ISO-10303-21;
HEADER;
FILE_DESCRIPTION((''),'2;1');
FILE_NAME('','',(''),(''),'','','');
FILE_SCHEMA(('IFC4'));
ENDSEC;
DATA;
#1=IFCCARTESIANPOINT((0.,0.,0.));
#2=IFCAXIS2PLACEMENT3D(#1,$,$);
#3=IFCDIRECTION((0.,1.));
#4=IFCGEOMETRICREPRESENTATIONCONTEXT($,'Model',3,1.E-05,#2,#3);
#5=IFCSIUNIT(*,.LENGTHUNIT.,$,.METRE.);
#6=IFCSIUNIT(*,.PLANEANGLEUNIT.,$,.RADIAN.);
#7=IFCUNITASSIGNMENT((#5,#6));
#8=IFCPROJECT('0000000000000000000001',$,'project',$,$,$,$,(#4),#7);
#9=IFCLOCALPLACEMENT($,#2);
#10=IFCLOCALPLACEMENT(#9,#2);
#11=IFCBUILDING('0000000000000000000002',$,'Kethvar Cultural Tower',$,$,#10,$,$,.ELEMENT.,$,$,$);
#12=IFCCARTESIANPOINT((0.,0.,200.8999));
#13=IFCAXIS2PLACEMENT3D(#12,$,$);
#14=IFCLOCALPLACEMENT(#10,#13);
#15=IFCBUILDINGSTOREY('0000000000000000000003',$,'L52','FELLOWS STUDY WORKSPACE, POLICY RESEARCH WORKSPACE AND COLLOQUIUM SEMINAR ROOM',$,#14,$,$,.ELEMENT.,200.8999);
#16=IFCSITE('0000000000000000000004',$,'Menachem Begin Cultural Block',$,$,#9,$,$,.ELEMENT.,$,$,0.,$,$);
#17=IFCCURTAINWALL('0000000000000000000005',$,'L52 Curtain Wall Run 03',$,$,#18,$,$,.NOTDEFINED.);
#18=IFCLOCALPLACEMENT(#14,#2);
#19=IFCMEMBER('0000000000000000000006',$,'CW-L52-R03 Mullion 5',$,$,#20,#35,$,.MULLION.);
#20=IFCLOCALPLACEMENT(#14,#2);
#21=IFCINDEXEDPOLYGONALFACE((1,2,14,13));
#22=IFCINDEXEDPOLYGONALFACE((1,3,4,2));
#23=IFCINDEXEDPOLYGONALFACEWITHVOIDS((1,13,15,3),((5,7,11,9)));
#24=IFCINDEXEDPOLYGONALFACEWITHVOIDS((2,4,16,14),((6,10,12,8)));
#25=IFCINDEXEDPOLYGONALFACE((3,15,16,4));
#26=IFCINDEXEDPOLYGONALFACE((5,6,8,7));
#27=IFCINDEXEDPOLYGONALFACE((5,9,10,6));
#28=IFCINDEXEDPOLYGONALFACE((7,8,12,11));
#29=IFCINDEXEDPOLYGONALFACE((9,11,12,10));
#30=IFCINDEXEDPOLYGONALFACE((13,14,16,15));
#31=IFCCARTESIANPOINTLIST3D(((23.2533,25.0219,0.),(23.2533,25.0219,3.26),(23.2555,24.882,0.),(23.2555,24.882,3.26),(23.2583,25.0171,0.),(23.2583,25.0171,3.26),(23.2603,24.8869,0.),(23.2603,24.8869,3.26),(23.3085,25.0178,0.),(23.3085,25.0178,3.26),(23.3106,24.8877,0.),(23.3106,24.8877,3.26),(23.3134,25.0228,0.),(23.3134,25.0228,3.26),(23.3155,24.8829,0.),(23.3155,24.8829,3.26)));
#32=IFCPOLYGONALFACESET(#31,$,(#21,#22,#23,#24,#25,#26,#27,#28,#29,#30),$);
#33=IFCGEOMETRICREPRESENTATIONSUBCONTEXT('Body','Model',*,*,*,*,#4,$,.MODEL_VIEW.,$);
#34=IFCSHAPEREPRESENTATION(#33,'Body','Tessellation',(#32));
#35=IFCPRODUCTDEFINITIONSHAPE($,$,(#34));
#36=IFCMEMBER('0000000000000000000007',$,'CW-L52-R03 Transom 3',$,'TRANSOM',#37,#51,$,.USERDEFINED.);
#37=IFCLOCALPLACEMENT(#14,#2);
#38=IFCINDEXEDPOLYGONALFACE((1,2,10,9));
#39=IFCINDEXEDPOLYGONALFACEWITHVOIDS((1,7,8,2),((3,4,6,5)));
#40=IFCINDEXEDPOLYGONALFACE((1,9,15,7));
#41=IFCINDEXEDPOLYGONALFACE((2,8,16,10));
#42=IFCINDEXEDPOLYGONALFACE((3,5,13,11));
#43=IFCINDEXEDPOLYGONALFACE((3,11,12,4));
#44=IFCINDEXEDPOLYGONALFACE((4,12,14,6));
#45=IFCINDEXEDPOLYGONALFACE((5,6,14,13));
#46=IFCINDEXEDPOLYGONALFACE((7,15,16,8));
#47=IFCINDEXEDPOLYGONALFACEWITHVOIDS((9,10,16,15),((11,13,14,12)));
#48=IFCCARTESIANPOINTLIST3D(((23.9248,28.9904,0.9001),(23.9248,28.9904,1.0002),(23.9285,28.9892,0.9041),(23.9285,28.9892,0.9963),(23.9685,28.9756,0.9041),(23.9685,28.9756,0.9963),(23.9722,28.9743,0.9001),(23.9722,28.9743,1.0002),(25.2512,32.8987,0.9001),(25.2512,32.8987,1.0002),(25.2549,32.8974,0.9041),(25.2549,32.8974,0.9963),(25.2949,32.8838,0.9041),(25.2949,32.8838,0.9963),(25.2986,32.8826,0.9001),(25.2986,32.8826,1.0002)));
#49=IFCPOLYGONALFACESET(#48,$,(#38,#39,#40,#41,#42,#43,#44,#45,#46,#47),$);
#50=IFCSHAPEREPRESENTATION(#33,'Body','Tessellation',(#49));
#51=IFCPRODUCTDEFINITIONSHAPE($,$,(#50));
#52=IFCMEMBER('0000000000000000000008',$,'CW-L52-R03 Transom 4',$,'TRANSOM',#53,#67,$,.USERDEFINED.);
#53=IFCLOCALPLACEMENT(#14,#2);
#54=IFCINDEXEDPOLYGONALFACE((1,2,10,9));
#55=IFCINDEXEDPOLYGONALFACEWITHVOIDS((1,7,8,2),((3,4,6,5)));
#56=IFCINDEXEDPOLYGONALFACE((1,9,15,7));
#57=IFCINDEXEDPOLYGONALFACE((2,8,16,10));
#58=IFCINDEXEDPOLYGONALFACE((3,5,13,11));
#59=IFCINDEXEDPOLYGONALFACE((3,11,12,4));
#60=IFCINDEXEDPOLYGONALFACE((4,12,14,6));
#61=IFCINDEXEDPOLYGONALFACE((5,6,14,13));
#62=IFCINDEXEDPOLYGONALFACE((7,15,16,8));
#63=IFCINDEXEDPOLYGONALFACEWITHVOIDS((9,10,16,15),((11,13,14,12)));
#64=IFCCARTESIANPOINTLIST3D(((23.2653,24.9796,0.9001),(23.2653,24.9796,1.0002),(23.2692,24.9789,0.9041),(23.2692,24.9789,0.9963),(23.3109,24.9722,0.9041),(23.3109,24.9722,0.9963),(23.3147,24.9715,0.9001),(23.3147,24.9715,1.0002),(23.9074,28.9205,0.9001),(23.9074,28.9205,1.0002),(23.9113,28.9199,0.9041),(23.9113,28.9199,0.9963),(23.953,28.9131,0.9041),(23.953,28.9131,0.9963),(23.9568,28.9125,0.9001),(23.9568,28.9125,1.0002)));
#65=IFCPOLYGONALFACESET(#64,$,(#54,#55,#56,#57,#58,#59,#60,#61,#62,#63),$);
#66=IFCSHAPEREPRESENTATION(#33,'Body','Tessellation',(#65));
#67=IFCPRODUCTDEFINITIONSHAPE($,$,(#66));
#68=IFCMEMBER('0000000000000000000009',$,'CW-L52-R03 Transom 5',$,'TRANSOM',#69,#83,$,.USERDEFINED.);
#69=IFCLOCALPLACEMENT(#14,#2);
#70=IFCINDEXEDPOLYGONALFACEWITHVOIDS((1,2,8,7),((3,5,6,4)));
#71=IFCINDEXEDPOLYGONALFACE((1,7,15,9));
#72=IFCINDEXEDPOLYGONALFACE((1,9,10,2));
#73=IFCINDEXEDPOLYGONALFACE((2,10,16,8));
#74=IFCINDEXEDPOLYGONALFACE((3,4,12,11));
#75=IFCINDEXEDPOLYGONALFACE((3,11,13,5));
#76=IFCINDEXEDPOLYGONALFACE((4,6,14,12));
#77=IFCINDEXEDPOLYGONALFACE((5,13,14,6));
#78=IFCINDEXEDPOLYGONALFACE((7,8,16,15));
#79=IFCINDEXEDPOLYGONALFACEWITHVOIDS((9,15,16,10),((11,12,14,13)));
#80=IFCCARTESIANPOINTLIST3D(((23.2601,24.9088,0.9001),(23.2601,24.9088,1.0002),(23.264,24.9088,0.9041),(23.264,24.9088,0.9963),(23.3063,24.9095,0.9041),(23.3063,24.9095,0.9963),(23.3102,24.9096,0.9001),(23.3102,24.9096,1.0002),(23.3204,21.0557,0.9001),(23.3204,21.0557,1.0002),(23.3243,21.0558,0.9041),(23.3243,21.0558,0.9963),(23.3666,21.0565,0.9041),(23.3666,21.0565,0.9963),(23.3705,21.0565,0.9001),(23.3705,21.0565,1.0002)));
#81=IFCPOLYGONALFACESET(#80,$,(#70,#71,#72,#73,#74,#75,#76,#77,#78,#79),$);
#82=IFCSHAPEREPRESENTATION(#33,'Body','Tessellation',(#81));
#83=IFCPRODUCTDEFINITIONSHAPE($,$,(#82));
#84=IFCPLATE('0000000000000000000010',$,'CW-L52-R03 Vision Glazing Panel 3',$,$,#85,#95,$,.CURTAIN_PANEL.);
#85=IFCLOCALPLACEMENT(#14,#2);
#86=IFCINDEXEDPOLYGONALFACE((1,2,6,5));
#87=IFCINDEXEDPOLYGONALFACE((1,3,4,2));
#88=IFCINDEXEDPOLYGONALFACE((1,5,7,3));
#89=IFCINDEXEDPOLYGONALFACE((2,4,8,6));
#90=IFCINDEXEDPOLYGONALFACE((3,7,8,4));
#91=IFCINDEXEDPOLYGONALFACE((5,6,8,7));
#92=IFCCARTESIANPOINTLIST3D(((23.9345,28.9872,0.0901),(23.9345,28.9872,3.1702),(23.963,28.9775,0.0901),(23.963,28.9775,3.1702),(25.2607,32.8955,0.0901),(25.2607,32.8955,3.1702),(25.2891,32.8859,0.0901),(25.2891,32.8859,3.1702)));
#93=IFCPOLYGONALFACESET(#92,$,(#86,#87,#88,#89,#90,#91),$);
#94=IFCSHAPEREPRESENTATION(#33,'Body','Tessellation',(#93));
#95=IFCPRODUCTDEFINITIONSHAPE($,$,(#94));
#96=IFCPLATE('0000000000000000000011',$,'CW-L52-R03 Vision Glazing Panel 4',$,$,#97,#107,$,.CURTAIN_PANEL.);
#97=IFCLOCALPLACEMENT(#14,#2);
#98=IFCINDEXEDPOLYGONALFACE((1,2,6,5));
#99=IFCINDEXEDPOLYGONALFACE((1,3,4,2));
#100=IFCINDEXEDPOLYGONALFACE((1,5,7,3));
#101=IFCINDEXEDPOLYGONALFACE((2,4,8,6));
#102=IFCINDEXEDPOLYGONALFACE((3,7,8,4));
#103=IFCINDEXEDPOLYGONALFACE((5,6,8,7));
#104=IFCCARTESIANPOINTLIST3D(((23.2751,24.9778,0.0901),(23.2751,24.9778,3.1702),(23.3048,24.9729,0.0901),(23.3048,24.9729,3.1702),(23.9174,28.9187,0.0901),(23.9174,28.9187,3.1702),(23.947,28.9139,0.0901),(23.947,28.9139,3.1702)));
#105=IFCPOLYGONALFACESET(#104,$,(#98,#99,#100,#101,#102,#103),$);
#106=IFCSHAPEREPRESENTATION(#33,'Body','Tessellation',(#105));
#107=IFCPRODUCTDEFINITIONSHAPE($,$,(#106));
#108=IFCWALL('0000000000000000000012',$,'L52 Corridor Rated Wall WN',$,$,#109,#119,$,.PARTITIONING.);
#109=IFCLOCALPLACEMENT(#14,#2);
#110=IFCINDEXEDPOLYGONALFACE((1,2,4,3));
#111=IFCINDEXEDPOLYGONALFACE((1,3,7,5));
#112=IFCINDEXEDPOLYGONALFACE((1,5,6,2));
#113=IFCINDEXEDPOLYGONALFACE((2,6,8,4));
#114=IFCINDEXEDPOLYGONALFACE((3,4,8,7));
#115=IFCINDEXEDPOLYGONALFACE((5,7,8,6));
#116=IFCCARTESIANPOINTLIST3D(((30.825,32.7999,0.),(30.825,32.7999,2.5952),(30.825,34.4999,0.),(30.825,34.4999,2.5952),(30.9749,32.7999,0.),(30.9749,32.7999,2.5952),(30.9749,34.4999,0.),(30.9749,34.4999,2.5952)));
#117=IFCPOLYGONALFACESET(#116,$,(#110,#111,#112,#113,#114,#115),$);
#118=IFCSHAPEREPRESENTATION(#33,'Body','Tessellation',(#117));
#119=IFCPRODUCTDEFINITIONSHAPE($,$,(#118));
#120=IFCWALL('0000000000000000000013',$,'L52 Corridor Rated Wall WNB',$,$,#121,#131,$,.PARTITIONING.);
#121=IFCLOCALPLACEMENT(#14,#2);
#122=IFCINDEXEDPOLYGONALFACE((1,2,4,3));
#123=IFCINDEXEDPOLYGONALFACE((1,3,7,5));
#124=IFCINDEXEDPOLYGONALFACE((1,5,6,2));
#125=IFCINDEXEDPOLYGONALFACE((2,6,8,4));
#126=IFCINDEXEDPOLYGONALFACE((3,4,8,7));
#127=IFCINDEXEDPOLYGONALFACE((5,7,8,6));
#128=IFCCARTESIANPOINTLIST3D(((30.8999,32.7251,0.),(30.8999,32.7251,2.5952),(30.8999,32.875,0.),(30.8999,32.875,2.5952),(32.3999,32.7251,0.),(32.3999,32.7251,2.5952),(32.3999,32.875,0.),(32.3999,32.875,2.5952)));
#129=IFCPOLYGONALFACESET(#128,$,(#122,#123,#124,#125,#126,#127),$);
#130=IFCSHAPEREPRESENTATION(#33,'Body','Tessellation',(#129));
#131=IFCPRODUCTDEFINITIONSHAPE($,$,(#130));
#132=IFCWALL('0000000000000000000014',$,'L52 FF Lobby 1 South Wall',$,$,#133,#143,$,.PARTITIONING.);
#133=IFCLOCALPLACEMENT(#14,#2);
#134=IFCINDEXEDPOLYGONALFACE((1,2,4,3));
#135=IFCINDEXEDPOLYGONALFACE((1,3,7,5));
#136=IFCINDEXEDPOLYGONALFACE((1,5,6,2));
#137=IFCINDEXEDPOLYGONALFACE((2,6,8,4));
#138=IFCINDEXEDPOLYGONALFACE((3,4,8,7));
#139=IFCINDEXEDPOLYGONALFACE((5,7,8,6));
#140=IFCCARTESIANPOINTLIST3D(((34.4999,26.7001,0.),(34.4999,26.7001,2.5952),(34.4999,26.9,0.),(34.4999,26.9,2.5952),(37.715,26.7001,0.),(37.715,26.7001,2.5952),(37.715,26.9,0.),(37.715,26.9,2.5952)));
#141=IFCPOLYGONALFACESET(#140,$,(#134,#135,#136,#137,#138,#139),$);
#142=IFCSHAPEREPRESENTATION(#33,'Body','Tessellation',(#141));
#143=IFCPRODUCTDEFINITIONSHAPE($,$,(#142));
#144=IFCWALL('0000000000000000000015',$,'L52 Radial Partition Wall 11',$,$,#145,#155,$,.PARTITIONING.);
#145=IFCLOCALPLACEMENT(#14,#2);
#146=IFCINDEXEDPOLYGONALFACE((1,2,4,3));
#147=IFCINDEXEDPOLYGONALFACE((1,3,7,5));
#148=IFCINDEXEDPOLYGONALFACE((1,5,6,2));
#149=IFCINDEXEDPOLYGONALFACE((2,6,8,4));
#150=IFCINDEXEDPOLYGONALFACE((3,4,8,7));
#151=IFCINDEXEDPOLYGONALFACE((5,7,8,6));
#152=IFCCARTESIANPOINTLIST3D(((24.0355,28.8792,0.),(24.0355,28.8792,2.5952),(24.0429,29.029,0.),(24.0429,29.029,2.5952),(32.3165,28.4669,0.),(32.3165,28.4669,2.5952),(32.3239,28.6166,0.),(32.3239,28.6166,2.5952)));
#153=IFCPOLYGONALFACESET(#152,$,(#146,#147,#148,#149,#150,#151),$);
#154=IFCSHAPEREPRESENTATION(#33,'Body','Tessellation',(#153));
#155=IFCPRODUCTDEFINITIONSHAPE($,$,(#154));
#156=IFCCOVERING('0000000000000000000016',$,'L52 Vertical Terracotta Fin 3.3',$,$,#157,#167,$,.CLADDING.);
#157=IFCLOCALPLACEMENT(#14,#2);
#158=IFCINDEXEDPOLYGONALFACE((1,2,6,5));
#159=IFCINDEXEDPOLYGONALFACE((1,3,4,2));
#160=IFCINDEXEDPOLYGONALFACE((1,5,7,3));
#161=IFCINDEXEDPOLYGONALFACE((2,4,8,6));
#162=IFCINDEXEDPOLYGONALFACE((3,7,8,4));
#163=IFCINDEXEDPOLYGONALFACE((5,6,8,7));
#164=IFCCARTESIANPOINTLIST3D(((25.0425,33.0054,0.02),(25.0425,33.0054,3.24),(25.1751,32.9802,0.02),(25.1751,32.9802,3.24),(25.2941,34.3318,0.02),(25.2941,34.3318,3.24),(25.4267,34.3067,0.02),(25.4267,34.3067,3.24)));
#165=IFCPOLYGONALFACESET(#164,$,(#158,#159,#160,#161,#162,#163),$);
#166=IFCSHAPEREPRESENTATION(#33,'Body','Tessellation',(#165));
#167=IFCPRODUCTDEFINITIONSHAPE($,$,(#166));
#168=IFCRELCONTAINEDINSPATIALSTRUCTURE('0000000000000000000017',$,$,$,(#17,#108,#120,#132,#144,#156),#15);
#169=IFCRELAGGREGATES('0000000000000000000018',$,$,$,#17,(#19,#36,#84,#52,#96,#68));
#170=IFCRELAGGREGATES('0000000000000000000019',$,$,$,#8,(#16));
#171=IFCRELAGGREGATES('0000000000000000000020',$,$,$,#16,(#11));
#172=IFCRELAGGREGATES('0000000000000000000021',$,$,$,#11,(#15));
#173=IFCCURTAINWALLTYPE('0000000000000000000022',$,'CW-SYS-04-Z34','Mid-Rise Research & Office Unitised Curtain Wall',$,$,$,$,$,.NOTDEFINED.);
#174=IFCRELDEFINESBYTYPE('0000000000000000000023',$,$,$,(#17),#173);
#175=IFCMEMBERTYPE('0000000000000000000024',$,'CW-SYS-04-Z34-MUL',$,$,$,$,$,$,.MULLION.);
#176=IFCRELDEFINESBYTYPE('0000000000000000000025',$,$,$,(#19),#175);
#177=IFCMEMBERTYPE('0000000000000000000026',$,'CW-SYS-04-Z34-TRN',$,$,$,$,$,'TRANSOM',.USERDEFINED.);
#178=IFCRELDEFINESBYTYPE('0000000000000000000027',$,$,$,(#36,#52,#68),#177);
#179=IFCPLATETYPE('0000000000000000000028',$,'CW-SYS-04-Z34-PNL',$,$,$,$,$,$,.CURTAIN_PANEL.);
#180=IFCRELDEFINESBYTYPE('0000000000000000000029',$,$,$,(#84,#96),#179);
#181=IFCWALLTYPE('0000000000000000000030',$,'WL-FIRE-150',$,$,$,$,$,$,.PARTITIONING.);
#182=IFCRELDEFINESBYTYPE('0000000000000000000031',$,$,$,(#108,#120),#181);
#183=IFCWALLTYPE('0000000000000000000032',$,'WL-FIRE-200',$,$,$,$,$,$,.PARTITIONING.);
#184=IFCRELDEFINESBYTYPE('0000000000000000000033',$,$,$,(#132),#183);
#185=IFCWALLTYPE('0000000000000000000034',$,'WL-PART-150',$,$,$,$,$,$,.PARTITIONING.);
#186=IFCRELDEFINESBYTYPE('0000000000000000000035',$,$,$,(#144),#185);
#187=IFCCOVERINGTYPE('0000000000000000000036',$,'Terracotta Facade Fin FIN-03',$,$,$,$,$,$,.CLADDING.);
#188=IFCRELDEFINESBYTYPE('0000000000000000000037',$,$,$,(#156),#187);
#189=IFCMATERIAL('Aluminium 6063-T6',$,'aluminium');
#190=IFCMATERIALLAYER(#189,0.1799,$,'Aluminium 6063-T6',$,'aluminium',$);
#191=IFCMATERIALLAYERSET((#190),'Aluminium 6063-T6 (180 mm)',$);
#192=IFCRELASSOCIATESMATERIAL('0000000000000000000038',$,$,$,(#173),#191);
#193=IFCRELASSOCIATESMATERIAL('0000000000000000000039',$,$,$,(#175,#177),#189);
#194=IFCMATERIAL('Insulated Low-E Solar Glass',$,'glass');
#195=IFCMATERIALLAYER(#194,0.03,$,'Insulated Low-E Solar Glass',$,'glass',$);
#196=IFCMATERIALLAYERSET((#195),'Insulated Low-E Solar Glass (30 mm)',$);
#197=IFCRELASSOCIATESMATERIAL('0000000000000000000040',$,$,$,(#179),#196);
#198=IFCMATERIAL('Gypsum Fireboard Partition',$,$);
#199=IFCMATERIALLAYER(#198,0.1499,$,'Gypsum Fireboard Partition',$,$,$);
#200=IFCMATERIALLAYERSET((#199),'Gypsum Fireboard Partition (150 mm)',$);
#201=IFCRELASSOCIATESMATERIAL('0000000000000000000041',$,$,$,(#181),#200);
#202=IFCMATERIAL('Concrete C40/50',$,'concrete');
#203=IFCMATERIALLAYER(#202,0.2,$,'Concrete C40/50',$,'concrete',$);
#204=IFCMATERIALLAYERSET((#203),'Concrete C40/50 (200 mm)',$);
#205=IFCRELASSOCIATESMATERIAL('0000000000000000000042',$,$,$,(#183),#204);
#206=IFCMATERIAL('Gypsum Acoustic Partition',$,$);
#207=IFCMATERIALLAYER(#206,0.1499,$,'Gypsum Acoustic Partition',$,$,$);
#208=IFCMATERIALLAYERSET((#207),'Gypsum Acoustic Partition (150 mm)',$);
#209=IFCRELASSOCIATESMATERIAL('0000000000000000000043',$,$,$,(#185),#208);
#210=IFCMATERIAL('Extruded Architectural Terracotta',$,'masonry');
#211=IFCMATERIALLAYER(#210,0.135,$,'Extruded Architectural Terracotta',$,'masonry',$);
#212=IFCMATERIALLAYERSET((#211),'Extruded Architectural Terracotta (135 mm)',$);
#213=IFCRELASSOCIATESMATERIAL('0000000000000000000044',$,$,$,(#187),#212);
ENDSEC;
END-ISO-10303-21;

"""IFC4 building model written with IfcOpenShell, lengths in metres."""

from ifc_helpers import new_model, si_unit, direction, frame, frame_2d, origin, origin_2d, place, context, subcontext, project, spatial, rectangle, hollow_rectangle, extrude, source, transform, mapped, material, layer, layer_set, material_profile, profile_set, type_object, element, aggregate, save


model = new_model("IFC4")

# Units and contexts
model_context = context("Model", 3, precision=1e-05, world=origin(), true_north=direction((0.0, 1.0)))
body_context = subcontext(model_context, "Body", "Model", "MODEL_VIEW")
ifc_project = project(units=[si_unit("LENGTHUNIT", "METRE"), si_unit("PLANEANGLEUNIT", "RADIAN")], contexts=[model_context])

# Site, building, storey
site_placement = place(None, origin())
site = spatial("IfcSite", under=ifc_project, at=site_placement, Name="Menachem Begin Cultural Block", CompositionType="ELEMENT", RefElevation=0.0)
building_placement = place(site_placement, origin())
building = spatial("IfcBuilding", under=site, at=building_placement, Name="Kethvar Cultural Tower", CompositionType="ELEMENT")
storey_placement = place(building_placement, frame((0.0, 0.0, 200.8999)))
storey = spatial("IfcBuildingStorey", under=building, at=storey_placement, Name="L52", Description="FELLOWS STUDY WORKSPACE, POLICY RESEARCH WORKSPACE AND COLLOQUIUM SEMINAR ROOM", CompositionType="ELEMENT", Elevation=200.8999)

# Curtain wall, members, plates
ifc_material_1 = material(Name="Aluminium 6063-T6", Category="aluminium")
ifc_layer_1 = layer(ifc_material_1, 0.1799, Name="Aluminium 6063-T6", Category="aluminium")
ifc_layer_set_1 = layer_set([ifc_layer_1], Name="Aluminium 6063-T6 (180 mm)")
curtain_wall_type = type_object("IfcCurtainWallType", Name="CW-SYS-04-Z34", Description="Mid-Rise Research & Office Unitised Curtain Wall", PredefinedType="NOTDEFINED", material=ifc_layer_set_1)
curtain_wall_placement = place(storey_placement, origin())
curtain_wall = element("IfcCurtainWall", 1, at=curtain_wall_placement, inside=storey, type_object=curtain_wall_type, Name="L52 Curtain Wall Run 03", PredefinedType="NOTDEFINED")
ifc_material_profile_1 = material_profile(ifc_material_1, hollow_rectangle(XDim=0.0601, YDim=0.1399, WallThickness=0.0049, at=origin_2d()), Name="Aluminium 6063-T6 — RHS140x60x5")
ifc_profile_set_1 = profile_set([ifc_material_profile_1], Name="Aluminium 6063-T6 — RHS140x60x5")
member_type_1 = type_object("IfcMemberType", Name="CW-SYS-04-Z34-MUL", PredefinedType="MULLION", material=ifc_profile_set_1)
shared_shape_1 = source(origin(), body_context, "Body", "SweptSolid", [
    extrude(hollow_rectangle(XDim=0.0601, YDim=0.1399, WallThickness=0.0049, at=origin_2d()), origin(), (0.0, 0.0, 1.0), 3.26),
])
member_1_placement = place(storey_placement, frame((23.2844, 24.9524, 0.0), z_axis=(0.0, 0.0, 1.0), x_axis=(0.999877, 0.015655, 0.0)))
member_1 = element("IfcMember", 2, at=member_1_placement, type_object=member_type_1, Name="CW-L52-R03 Mullion 5", PredefinedType="MULLION", context=body_context, shape_type="MappedRepresentation", body=[
    mapped(shared_shape_1, transform((0.0, 0.0, 0.0), scale=1.0)),
])
ifc_material_profile_2 = material_profile(ifc_material_1, hollow_rectangle(XDim=0.05, YDim=0.1001, WallThickness=0.0039, at=origin_2d()), Name="Aluminium 6063-T6 — RHS100x50x4")
ifc_profile_set_2 = profile_set([ifc_material_profile_2], Name="Aluminium 6063-T6 — RHS100x50x4")
member_type_2 = type_object("IfcMemberType", Name="CW-SYS-04-Z34-TRN", ElementType="TRANSOM", PredefinedType="USERDEFINED", material=ifc_profile_set_2)
shared_shape_2 = source(origin(), body_context, "Body", "SweptSolid", [
    extrude(hollow_rectangle(XDim=0.05, YDim=0.1001, WallThickness=0.0039, at=origin_2d()), origin(), (0.0, 0.0, 1.0), 4.1272),
])
member_2_placement = place(storey_placement, frame((25.2749, 32.8906, 0.9502), z_axis=(-0.321387, -0.946948, 0.0), x_axis=(0.946948, -0.321387, 0.0)))
member_2 = element("IfcMember", 3, at=member_2_placement, type_object=member_type_2, Name="CW-L52-R03 Transom 3", ObjectType="TRANSOM", PredefinedType="USERDEFINED", context=body_context, shape_type="MappedRepresentation", body=[
    mapped(shared_shape_2, transform((0.0, 0.0, 0.0), scale=1.0)),
])
shared_shape_3 = source(origin(), body_context, "Body", "SweptSolid", [
    extrude(hollow_rectangle(XDim=0.05, YDim=0.1001, WallThickness=0.0039, at=origin_2d()), origin(), (0.0, 0.0, 1.0), 3.9929),
])
member_3_placement = place(storey_placement, frame((23.9321, 28.9165, 0.9502), z_axis=(-0.160809, -0.986986, 0.0), x_axis=(0.986986, -0.160809, 0.0)))
member_3 = element("IfcMember", 4, at=member_3_placement, type_object=member_type_2, Name="CW-L52-R03 Transom 4", ObjectType="TRANSOM", PredefinedType="USERDEFINED", context=body_context, shape_type="MappedRepresentation", body=[
    mapped(shared_shape_3, transform((0.0, 0.0, 0.0), scale=1.0)),
])
shared_shape_4 = source(origin(), body_context, "Body", "SweptSolid", [
    extrude(hollow_rectangle(XDim=0.05, YDim=0.1001, WallThickness=0.0039, at=origin_2d()), origin(), (0.0, 0.0, 1.0), 3.8535),
])
member_4_placement = place(storey_placement, frame((23.2852, 24.9092, 0.9502), z_axis=(0.015649, -0.999878, 0.0), x_axis=(0.999878, 0.015649, 0.0)))
member_4 = element("IfcMember", 5, at=member_4_placement, type_object=member_type_2, Name="CW-L52-R03 Transom 5", ObjectType="TRANSOM", PredefinedType="USERDEFINED", context=body_context, shape_type="MappedRepresentation", body=[
    mapped(shared_shape_4, transform((0.0, 0.0, 0.0), scale=1.0)),
])
ifc_material_2 = material(Name="Insulated Low-E Solar Glass", Category="glass")
ifc_layer_2 = layer(ifc_material_2, 0.03, Name="Insulated Low-E Solar Glass", Category="glass")
ifc_layer_set_2 = layer_set([ifc_layer_2], Name="Insulated Low-E Solar Glass (30 mm)")
plate_type = type_object("IfcPlateType", Name="CW-SYS-04-Z34-PNL", PredefinedType="CURTAIN_PANEL", material=ifc_layer_set_2)
shared_shape_5 = source(origin(), body_context, "Body", "SweptSolid", [
    extrude(rectangle(XDim=4.1272, YDim=0.03, at=origin_2d()), origin(), (0.0, 0.0, 1.0), 3.0801),
])
plate_1_placement = place(storey_placement, frame((24.6118, 30.9365, 0.0901), z_axis=(0.0, 0.0, 1.0), x_axis=(-0.321324, -0.946969, 0.0)))
plate_1 = element("IfcPlate", 6, at=plate_1_placement, type_object=plate_type, Name="CW-L52-R03 Vision Glazing Panel 3", PredefinedType="CURTAIN_PANEL", context=body_context, shape_type="MappedRepresentation", body=[
    mapped(shared_shape_5, transform((0.0, 0.0, 0.0), scale=1.0)),
])
shared_shape_6 = source(origin(), body_context, "Body", "SweptSolid", [
    extrude(rectangle(XDim=3.9929, YDim=0.03, at=origin_2d()), origin(), (0.0, 0.0, 1.0), 3.0801),
])
plate_2_placement = place(storey_placement, frame((23.6111, 26.9458, 0.0901), z_axis=(0.0, 0.0, 1.0), x_axis=(-0.160846, -0.98698, 0.0)))
plate_2 = element("IfcPlate", 7, at=plate_2_placement, type_object=plate_type, Name="CW-L52-R03 Vision Glazing Panel 4", PredefinedType="CURTAIN_PANEL", context=body_context, shape_type="MappedRepresentation", body=[
    mapped(shared_shape_6, transform((0.0, 0.0, 0.0), scale=1.0)),
])
aggregate(curtain_wall, [member_1, member_2, plate_1, member_3, plate_2, member_4])

# Walls
ifc_material_3 = material(Name="Gypsum Fireboard Partition")
ifc_layer_3 = layer(ifc_material_3, 0.1499, Name="Gypsum Fireboard Partition")
ifc_layer_set_3 = layer_set([ifc_layer_3], Name="Gypsum Fireboard Partition (150 mm)")
wall_type_1 = type_object("IfcWallType", Name="WL-FIRE-150", PredefinedType="PARTITIONING", material=ifc_layer_set_3)
wall_1_placement = place(storey_placement, frame((30.8999, 34.5, 0.0), z_axis=(0.0, 0.0, 1.0), x_axis=(0.0, -1.0, 0.0)))
element("IfcWall", 8, at=wall_1_placement, inside=storey, type_object=wall_type_1, Name="L52 Corridor Rated Wall WN", PredefinedType="PARTITIONING", context=body_context, shape_type="SweptSolid", body=[
    extrude(rectangle(XDim=1.7, YDim=0.1499, at=frame_2d((0.8501, 0.0))), origin(), (0.0, 0.0, 1.0), 2.5952),
])
wall_2_placement = place(storey_placement, frame((30.8999, 32.8, 0.0), z_axis=(0.0, 0.0, 1.0), x_axis=(1.0, 0.0, 0.0)))
element("IfcWall", 9, at=wall_2_placement, inside=storey, type_object=wall_type_1, Name="L52 Corridor Rated Wall WNB", PredefinedType="PARTITIONING", context=body_context, shape_type="SweptSolid", body=[
    extrude(rectangle(XDim=1.5, YDim=0.1499, at=frame_2d((0.75, 0.0))), origin(), (0.0, 0.0, 1.0), 2.5952),
])

# Shared definitions
ifc_material_4 = material(Name="Concrete C40/50", Category="concrete")
ifc_layer_4 = layer(ifc_material_4, 0.2, Name="Concrete C40/50", Category="concrete")
ifc_layer_set_4 = layer_set([ifc_layer_4], Name="Concrete C40/50 (200 mm)")
wall_type_2 = type_object("IfcWallType", Name="WL-FIRE-200", PredefinedType="PARTITIONING", material=ifc_layer_set_4)

# Walls
wall_3_placement = place(storey_placement, frame((34.5, 26.8, 0.0), z_axis=(0.0, 0.0, 1.0), x_axis=(1.0, 0.0, 0.0)))
element("IfcWall", 10, at=wall_3_placement, inside=storey, type_object=wall_type_2, Name="L52 FF Lobby 1 South Wall", PredefinedType="PARTITIONING", context=body_context, shape_type="SweptSolid", body=[
    extrude(rectangle(XDim=3.2151, YDim=0.2, at=frame_2d((1.6074, 0.0))), origin(), (0.0, 0.0, 1.0), 2.5952),
])
ifc_material_5 = material(Name="Gypsum Acoustic Partition")
ifc_layer_5 = layer(ifc_material_5, 0.1499, Name="Gypsum Acoustic Partition")
ifc_layer_set_5 = layer_set([ifc_layer_5], Name="Gypsum Acoustic Partition (150 mm)")
wall_type_3 = type_object("IfcWallType", Name="WL-PART-150", PredefinedType="PARTITIONING", material=ifc_layer_set_5)
wall_4_placement = place(storey_placement, frame((32.3201, 28.5417, 0.0), z_axis=(0.0, 0.0, 1.0), x_axis=(-0.998763, 0.049733, 0.0)))
element("IfcWall", 11, at=wall_4_placement, inside=storey, type_object=wall_type_3, Name="L52 Radial Partition Wall 11", PredefinedType="PARTITIONING", context=body_context, shape_type="SweptSolid", body=[
    extrude(rectangle(XDim=8.2913, YDim=0.1499, at=frame_2d((4.1455, 0.0))), origin(), (0.0, 0.0, 1.0), 2.5952),
])

# Covering
ifc_material_6 = material(Name="Extruded Architectural Terracotta", Category="masonry")
ifc_layer_6 = layer(ifc_material_6, 0.135, Name="Extruded Architectural Terracotta", Category="masonry")
ifc_layer_set_6 = layer_set([ifc_layer_6], Name="Extruded Architectural Terracotta (135 mm)")
covering_type = type_object("IfcCoveringType", Name="Terracotta Facade Fin FIN-03", PredefinedType="CLADDING", material=ifc_layer_set_6)
shared_shape_7 = source(origin(), body_context, "Body", "SweptSolid", [
    extrude(rectangle(XDim=1.3501, YDim=0.135, at=origin_2d()), origin(), (0.0, 0.0, 1.0), 3.22),
])
for number, where, z_axis, x_axis, name in (
    (12, (25.2346, 33.656, 0.02), (0.0, 0.0, 1.0), (0.186353, 0.982483, 0.0), "L52 Vertical Terracotta Fin 3.3"),
):
    element("IfcCovering", number, at=place(storey_placement, frame(where, z_axis=z_axis, x_axis=x_axis)), inside=storey, type_object=covering_type, Name=name, PredefinedType="CLADDING", context=body_context, shape_type="MappedRepresentation", body=[
        mapped(shared_shape_7, transform((0.0, 0.0, 0.0), scale=1.0)),
    ])

save(model, "model.ifc")
